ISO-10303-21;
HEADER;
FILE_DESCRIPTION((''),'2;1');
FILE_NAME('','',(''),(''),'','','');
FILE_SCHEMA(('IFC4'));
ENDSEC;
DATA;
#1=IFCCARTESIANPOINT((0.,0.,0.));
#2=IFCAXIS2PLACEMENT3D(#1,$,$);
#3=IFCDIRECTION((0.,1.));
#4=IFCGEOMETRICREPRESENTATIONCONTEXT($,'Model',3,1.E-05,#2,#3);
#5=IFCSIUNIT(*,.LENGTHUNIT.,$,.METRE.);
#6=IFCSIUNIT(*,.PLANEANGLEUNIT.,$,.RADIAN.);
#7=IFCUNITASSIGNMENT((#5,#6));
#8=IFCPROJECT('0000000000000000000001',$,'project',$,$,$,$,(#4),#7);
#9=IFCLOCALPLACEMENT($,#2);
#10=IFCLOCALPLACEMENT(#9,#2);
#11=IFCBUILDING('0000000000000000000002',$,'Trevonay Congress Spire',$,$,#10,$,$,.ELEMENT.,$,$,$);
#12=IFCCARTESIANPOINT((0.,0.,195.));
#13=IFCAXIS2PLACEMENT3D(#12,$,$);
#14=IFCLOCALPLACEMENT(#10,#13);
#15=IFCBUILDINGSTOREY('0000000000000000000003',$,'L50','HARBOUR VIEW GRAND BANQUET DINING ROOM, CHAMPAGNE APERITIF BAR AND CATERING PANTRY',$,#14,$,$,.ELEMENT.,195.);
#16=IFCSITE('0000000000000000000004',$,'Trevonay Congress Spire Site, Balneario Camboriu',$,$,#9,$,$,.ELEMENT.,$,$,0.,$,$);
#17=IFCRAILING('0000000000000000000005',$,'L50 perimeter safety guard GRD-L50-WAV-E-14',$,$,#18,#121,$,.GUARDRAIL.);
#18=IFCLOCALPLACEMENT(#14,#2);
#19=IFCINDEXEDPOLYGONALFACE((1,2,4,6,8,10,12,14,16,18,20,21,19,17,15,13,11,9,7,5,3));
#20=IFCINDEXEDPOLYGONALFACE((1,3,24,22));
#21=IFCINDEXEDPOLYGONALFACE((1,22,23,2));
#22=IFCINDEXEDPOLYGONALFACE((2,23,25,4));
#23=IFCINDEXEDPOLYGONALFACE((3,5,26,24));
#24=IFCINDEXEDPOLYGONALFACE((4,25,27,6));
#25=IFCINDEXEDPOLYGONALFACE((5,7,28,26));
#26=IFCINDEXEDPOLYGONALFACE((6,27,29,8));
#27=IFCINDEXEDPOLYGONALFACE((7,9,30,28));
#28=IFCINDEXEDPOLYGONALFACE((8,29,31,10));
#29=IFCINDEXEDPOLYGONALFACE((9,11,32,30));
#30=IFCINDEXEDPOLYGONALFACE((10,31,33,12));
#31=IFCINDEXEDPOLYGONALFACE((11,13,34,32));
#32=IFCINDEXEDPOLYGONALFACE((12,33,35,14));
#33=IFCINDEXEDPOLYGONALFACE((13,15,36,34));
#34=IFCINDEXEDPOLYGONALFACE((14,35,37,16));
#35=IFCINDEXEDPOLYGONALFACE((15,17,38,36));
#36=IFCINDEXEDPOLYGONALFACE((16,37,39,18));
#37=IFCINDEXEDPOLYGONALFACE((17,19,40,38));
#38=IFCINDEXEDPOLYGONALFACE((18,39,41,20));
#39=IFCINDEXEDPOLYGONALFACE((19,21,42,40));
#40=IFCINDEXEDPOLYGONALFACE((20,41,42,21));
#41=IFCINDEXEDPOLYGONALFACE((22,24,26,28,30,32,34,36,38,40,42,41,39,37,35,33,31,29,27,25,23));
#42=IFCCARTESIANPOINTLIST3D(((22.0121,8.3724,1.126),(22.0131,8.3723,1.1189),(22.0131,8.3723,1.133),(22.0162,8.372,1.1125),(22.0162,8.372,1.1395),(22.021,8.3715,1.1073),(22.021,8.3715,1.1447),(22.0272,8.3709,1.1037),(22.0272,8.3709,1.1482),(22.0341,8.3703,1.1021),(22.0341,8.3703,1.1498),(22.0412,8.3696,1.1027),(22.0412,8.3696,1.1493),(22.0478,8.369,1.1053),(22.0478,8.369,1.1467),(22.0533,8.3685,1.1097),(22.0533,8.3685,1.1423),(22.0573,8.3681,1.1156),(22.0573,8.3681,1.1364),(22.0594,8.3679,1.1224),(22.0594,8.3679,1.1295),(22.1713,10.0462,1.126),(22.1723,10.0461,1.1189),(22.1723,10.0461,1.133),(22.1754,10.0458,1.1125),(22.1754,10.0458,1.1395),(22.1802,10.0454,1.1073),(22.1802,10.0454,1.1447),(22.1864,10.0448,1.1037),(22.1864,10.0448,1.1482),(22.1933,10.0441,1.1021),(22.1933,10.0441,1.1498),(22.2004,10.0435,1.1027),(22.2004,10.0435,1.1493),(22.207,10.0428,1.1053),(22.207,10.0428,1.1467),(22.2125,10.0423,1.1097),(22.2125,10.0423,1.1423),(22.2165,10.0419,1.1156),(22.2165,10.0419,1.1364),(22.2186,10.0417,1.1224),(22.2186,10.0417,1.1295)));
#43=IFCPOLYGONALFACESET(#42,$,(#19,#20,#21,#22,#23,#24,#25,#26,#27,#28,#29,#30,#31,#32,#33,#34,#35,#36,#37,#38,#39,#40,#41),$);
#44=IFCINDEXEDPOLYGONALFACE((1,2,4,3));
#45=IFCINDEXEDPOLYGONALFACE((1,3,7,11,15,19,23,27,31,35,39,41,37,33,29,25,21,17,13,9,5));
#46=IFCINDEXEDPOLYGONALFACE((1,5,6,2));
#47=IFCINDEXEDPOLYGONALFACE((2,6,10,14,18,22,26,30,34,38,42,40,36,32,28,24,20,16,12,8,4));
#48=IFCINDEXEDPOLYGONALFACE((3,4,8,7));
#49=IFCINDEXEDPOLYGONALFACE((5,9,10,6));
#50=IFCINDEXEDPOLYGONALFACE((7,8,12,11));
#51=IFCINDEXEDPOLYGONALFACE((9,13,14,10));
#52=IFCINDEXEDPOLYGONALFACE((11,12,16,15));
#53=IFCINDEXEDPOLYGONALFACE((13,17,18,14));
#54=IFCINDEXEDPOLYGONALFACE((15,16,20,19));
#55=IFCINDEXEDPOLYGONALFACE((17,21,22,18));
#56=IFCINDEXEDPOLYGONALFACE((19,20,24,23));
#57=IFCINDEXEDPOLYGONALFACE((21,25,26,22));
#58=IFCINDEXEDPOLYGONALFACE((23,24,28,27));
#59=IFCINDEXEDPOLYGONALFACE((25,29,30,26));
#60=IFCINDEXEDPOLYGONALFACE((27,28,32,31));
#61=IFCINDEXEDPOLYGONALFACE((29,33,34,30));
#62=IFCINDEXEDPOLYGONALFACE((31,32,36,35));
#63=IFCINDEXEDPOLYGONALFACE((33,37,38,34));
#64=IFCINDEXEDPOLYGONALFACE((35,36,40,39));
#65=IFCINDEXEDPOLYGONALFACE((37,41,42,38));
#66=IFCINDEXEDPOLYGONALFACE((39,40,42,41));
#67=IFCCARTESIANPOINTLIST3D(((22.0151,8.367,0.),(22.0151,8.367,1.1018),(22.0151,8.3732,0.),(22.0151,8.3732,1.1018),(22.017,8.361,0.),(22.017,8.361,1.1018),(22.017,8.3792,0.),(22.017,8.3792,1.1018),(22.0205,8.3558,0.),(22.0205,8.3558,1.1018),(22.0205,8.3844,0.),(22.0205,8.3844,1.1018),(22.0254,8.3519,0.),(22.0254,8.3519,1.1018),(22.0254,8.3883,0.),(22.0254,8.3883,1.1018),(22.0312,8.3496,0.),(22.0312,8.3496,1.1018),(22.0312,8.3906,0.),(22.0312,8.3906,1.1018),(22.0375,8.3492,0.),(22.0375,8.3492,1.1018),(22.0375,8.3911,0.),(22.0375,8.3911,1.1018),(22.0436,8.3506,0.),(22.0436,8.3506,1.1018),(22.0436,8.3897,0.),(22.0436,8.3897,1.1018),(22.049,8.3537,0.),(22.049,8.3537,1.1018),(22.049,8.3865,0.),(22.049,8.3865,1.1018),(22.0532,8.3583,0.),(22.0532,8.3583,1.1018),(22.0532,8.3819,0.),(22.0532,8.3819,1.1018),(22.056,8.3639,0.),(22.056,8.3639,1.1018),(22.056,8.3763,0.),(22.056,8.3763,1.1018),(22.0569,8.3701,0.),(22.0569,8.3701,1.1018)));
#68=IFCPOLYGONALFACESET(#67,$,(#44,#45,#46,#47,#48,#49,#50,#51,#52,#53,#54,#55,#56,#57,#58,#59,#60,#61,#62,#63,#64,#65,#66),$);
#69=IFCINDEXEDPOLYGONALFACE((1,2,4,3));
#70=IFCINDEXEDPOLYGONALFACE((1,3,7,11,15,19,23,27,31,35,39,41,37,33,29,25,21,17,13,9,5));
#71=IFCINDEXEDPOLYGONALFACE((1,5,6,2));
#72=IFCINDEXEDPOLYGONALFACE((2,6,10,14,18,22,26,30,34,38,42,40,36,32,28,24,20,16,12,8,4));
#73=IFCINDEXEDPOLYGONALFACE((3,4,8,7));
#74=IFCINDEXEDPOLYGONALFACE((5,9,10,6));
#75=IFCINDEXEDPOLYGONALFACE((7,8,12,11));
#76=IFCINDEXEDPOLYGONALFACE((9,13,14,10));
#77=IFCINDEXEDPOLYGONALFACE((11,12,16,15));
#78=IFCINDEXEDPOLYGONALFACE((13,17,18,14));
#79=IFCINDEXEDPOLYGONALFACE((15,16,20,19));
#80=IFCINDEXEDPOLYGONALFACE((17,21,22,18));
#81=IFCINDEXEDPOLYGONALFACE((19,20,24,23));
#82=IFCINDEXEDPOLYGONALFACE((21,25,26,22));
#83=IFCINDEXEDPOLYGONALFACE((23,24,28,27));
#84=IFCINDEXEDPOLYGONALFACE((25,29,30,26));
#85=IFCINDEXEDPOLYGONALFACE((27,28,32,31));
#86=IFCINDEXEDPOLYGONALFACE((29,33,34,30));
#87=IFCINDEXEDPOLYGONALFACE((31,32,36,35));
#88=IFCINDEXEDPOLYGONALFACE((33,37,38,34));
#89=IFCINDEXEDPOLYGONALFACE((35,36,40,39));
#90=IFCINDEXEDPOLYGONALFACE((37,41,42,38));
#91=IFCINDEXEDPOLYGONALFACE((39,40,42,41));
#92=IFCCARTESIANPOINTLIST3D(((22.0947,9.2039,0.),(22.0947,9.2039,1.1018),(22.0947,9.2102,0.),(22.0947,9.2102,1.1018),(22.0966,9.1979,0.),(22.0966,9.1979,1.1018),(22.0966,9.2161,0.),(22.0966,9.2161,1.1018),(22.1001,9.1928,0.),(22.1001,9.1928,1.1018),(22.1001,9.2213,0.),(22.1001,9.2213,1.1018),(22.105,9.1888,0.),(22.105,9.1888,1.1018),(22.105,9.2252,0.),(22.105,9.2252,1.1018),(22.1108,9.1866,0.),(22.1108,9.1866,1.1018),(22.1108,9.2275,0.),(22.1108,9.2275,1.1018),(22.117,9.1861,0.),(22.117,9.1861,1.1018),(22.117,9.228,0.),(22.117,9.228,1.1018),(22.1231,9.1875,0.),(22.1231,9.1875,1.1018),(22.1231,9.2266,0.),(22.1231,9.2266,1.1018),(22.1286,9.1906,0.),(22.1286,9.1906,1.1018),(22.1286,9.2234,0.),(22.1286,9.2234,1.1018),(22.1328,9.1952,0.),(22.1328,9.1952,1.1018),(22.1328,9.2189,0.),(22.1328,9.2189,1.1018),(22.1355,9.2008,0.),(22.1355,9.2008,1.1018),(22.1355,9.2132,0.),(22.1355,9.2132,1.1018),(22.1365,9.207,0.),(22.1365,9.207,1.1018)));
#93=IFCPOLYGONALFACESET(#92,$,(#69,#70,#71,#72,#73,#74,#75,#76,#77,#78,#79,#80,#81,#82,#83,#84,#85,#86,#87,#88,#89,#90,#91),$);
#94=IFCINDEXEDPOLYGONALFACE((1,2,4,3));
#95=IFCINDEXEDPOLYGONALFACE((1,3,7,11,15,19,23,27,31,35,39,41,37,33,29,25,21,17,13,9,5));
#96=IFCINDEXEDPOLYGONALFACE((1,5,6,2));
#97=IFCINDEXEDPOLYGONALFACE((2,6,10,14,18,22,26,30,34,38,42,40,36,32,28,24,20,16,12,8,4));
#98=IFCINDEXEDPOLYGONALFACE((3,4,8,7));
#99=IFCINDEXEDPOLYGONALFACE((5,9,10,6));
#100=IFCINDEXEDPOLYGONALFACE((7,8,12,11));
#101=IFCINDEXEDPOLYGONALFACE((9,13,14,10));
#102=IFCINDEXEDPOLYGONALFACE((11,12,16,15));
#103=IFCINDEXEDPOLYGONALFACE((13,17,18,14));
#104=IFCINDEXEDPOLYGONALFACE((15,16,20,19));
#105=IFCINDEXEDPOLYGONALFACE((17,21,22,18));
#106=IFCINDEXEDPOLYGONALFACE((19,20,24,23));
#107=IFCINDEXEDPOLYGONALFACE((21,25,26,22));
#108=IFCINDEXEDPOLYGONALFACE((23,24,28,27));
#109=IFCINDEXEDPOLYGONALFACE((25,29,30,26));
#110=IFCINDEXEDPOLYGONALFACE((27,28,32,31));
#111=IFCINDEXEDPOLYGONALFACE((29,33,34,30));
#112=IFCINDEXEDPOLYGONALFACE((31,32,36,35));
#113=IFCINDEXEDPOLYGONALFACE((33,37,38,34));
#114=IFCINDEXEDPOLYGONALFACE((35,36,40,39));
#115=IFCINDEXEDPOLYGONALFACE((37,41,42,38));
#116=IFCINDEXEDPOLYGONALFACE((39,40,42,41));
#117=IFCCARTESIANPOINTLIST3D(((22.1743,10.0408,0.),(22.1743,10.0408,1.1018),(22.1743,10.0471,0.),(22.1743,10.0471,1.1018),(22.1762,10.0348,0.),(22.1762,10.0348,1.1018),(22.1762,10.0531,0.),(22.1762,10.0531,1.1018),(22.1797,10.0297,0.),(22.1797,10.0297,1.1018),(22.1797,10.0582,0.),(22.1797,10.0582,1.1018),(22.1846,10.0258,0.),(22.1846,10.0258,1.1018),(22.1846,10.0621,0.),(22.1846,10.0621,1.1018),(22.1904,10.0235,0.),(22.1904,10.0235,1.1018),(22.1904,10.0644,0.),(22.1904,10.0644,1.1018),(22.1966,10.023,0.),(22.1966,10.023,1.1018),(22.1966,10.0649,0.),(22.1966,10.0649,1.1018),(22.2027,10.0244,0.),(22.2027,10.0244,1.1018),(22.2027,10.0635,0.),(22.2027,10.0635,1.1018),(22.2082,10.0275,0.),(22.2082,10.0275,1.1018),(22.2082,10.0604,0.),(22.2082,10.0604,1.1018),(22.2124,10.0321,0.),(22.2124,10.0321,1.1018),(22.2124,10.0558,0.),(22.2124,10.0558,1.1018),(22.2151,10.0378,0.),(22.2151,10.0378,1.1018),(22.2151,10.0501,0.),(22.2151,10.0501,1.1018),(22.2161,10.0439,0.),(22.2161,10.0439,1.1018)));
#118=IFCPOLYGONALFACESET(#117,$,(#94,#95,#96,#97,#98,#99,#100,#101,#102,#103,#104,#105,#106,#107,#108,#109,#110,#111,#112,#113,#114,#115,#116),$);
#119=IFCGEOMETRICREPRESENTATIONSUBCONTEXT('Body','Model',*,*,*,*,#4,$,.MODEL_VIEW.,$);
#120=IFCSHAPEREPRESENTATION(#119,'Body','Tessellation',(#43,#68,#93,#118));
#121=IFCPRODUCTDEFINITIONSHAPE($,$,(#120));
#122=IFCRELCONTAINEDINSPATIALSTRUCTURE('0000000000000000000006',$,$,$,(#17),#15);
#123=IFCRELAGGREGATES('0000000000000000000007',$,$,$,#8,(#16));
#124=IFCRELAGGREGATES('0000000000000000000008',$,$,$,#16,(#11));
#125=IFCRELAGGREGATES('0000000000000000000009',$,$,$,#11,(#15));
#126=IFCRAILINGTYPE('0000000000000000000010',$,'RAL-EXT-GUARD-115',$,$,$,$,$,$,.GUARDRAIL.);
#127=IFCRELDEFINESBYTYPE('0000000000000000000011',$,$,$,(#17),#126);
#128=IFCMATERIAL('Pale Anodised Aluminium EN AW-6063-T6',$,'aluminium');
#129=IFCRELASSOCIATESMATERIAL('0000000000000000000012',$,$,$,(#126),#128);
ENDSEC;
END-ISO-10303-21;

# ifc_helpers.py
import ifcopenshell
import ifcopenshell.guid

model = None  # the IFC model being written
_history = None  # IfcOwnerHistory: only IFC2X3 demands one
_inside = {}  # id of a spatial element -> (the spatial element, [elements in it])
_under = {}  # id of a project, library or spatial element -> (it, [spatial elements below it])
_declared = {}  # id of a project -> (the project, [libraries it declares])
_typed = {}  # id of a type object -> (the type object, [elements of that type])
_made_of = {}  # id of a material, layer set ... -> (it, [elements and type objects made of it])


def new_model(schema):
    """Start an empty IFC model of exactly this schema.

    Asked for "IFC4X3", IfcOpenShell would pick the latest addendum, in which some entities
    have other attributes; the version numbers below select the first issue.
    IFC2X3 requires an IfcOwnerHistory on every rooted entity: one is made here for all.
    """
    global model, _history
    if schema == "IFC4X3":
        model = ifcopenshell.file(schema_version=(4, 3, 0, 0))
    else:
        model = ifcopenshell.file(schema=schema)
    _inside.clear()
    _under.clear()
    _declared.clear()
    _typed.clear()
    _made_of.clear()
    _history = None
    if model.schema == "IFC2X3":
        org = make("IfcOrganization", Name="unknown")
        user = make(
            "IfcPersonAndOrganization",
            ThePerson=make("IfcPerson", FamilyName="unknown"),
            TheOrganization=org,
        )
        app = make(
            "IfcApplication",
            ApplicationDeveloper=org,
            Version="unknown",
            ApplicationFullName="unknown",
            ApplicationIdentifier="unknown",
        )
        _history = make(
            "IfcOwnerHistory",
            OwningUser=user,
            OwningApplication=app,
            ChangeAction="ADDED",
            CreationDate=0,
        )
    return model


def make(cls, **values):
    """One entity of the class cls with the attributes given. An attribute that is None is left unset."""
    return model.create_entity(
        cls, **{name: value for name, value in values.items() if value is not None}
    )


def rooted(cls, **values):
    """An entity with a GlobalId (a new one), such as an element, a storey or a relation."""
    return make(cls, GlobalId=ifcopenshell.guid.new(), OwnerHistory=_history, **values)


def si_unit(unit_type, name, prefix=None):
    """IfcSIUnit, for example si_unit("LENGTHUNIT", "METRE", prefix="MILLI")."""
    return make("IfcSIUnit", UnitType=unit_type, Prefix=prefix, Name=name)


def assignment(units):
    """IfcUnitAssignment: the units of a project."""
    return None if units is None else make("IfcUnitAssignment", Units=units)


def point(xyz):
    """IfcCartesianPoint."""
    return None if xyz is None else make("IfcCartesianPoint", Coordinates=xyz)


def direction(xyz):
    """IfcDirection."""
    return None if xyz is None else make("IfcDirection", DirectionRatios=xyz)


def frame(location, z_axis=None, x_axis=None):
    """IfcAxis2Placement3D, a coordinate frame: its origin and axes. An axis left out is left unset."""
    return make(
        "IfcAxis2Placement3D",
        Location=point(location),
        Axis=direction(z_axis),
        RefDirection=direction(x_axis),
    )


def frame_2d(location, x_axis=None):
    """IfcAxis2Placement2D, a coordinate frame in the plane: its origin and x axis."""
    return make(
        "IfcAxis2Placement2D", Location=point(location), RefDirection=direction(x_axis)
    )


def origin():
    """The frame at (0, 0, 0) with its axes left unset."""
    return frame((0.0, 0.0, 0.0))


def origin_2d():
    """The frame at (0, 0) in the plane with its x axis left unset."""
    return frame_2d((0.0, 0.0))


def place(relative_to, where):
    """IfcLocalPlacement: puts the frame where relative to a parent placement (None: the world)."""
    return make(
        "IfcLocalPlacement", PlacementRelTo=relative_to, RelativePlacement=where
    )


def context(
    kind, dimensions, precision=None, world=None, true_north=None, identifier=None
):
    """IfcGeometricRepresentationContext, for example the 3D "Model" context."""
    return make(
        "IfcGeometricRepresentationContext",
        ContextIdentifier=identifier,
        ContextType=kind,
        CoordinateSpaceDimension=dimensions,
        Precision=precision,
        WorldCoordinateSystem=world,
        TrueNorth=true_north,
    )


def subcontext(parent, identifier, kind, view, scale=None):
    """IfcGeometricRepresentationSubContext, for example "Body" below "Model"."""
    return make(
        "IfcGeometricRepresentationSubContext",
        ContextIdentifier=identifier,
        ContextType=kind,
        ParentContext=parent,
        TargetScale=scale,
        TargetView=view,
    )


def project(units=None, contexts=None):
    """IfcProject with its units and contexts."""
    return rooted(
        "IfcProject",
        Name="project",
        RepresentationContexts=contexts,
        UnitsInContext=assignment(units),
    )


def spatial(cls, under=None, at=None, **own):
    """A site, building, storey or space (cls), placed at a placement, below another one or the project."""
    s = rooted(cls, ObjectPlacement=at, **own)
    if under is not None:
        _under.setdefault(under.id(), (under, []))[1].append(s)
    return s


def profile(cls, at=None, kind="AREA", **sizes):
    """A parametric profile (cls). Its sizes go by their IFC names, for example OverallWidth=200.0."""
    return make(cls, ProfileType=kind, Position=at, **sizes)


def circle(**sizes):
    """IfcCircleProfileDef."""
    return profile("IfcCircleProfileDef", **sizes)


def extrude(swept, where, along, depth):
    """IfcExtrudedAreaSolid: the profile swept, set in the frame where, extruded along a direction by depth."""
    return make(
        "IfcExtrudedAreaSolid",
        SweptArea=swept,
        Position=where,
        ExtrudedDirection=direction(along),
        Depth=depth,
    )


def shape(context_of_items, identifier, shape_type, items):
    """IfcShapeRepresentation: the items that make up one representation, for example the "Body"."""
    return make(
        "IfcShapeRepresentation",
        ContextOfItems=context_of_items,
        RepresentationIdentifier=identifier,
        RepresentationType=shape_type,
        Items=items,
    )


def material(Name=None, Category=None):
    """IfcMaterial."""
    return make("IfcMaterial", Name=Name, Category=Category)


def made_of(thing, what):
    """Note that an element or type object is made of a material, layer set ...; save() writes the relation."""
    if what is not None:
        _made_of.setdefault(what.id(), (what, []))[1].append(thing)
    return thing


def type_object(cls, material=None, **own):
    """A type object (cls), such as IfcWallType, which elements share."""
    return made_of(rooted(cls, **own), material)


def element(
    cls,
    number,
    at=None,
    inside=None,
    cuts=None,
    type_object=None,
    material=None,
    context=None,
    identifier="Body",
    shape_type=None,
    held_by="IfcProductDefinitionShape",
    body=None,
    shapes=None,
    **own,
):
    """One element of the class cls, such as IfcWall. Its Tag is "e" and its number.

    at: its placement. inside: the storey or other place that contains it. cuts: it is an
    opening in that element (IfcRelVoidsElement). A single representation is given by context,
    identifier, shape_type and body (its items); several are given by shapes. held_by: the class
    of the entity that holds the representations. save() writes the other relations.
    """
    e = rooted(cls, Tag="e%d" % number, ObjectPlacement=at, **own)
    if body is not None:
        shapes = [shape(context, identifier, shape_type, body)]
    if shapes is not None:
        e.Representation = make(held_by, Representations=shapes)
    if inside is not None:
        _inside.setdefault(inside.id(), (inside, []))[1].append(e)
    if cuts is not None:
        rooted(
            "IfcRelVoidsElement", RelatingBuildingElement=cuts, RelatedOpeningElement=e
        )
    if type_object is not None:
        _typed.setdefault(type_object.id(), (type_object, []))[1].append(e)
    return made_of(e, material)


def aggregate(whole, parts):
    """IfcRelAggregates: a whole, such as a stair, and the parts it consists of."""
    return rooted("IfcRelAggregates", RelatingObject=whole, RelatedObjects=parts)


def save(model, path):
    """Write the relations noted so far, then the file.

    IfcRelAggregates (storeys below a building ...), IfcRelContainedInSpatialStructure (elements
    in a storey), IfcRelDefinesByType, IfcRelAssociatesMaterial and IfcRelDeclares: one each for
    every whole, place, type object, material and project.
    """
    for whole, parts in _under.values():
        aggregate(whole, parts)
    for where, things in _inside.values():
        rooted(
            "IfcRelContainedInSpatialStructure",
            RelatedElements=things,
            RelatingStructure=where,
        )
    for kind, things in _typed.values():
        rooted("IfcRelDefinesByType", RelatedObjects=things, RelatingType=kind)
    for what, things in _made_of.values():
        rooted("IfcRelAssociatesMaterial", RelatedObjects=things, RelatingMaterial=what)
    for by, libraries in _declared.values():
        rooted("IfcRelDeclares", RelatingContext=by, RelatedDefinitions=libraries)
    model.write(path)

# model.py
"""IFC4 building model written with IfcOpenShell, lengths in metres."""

from ifc_helpers import new_model, si_unit, direction, frame, origin, origin_2d, place, context, subcontext, project, spatial, circle, extrude, material, type_object, element, save


model = new_model("IFC4")

# Units and contexts
model_context = context("Model", 3, precision=1e-05, world=origin(), true_north=direction((0.0, 1.0)))
body_context = subcontext(model_context, "Body", "Model", "MODEL_VIEW")
ifc_project = project(units=[si_unit("LENGTHUNIT", "METRE"), si_unit("PLANEANGLEUNIT", "RADIAN")], contexts=[model_context])

# Site, building, storey
site_placement = place(None, origin())
site = spatial("IfcSite", under=ifc_project, at=site_placement, Name="Trevonay Congress Spire Site, Balneario Camboriu", CompositionType="ELEMENT", RefElevation=0.0)
building_placement = place(site_placement, origin())
building = spatial("IfcBuilding", under=site, at=building_placement, Name="Trevonay Congress Spire", CompositionType="ELEMENT")
storey_placement = place(building_placement, frame((0.0, 0.0, 195.0)))
storey = spatial("IfcBuildingStorey", under=building, at=storey_placement, Name="L50", Description="HARBOUR VIEW GRAND BANQUET DINING ROOM, CHAMPAGNE APERITIF BAR AND CATERING PANTRY", CompositionType="ELEMENT", Elevation=195.0)

# Shared definitions
ifc_material_1 = material(Name="Pale Anodised Aluminium EN AW-6063-T6", Category="aluminium")

# Railing
railing_type = type_object("IfcRailingType", Name="RAL-EXT-GUARD-115", PredefinedType="GUARDRAIL", material=ifc_material_1)
railing_1_placement = place(storey_placement, frame((22.0359, 8.3701, 0.0)))
element("IfcRailing", 1, at=railing_1_placement, inside=storey, type_object=railing_type, Name="L50 perimeter safety guard GRD-L50-WAV-E-14", PredefinedType="GUARDRAIL", context=body_context, shape_type="SweptSolid", body=[
    extrude(circle(Radius=0.0239, at=origin_2d()), frame((0.0, 0.0, 1.126), z_axis=(0.094672, 0.995509, 0.0), x_axis=(-0.995509, 0.094672, 0.0)), (0.0, 0.0, 1.0), 1.6814),
    extrude(circle(Radius=0.021, at=origin_2d()), origin(), (0.0, 0.0, 1.0), 1.1018),
    extrude(circle(Radius=0.021, at=origin_2d()), frame((0.0796, 0.8369, 0.0)), (0.0, 0.0, 1.0), 1.1018),
    extrude(circle(Radius=0.021, at=origin_2d()), frame((0.1592, 1.6738, 0.0)), (0.0, 0.0, 1.0), 1.1018),
])

save(model, "model.ifc")
